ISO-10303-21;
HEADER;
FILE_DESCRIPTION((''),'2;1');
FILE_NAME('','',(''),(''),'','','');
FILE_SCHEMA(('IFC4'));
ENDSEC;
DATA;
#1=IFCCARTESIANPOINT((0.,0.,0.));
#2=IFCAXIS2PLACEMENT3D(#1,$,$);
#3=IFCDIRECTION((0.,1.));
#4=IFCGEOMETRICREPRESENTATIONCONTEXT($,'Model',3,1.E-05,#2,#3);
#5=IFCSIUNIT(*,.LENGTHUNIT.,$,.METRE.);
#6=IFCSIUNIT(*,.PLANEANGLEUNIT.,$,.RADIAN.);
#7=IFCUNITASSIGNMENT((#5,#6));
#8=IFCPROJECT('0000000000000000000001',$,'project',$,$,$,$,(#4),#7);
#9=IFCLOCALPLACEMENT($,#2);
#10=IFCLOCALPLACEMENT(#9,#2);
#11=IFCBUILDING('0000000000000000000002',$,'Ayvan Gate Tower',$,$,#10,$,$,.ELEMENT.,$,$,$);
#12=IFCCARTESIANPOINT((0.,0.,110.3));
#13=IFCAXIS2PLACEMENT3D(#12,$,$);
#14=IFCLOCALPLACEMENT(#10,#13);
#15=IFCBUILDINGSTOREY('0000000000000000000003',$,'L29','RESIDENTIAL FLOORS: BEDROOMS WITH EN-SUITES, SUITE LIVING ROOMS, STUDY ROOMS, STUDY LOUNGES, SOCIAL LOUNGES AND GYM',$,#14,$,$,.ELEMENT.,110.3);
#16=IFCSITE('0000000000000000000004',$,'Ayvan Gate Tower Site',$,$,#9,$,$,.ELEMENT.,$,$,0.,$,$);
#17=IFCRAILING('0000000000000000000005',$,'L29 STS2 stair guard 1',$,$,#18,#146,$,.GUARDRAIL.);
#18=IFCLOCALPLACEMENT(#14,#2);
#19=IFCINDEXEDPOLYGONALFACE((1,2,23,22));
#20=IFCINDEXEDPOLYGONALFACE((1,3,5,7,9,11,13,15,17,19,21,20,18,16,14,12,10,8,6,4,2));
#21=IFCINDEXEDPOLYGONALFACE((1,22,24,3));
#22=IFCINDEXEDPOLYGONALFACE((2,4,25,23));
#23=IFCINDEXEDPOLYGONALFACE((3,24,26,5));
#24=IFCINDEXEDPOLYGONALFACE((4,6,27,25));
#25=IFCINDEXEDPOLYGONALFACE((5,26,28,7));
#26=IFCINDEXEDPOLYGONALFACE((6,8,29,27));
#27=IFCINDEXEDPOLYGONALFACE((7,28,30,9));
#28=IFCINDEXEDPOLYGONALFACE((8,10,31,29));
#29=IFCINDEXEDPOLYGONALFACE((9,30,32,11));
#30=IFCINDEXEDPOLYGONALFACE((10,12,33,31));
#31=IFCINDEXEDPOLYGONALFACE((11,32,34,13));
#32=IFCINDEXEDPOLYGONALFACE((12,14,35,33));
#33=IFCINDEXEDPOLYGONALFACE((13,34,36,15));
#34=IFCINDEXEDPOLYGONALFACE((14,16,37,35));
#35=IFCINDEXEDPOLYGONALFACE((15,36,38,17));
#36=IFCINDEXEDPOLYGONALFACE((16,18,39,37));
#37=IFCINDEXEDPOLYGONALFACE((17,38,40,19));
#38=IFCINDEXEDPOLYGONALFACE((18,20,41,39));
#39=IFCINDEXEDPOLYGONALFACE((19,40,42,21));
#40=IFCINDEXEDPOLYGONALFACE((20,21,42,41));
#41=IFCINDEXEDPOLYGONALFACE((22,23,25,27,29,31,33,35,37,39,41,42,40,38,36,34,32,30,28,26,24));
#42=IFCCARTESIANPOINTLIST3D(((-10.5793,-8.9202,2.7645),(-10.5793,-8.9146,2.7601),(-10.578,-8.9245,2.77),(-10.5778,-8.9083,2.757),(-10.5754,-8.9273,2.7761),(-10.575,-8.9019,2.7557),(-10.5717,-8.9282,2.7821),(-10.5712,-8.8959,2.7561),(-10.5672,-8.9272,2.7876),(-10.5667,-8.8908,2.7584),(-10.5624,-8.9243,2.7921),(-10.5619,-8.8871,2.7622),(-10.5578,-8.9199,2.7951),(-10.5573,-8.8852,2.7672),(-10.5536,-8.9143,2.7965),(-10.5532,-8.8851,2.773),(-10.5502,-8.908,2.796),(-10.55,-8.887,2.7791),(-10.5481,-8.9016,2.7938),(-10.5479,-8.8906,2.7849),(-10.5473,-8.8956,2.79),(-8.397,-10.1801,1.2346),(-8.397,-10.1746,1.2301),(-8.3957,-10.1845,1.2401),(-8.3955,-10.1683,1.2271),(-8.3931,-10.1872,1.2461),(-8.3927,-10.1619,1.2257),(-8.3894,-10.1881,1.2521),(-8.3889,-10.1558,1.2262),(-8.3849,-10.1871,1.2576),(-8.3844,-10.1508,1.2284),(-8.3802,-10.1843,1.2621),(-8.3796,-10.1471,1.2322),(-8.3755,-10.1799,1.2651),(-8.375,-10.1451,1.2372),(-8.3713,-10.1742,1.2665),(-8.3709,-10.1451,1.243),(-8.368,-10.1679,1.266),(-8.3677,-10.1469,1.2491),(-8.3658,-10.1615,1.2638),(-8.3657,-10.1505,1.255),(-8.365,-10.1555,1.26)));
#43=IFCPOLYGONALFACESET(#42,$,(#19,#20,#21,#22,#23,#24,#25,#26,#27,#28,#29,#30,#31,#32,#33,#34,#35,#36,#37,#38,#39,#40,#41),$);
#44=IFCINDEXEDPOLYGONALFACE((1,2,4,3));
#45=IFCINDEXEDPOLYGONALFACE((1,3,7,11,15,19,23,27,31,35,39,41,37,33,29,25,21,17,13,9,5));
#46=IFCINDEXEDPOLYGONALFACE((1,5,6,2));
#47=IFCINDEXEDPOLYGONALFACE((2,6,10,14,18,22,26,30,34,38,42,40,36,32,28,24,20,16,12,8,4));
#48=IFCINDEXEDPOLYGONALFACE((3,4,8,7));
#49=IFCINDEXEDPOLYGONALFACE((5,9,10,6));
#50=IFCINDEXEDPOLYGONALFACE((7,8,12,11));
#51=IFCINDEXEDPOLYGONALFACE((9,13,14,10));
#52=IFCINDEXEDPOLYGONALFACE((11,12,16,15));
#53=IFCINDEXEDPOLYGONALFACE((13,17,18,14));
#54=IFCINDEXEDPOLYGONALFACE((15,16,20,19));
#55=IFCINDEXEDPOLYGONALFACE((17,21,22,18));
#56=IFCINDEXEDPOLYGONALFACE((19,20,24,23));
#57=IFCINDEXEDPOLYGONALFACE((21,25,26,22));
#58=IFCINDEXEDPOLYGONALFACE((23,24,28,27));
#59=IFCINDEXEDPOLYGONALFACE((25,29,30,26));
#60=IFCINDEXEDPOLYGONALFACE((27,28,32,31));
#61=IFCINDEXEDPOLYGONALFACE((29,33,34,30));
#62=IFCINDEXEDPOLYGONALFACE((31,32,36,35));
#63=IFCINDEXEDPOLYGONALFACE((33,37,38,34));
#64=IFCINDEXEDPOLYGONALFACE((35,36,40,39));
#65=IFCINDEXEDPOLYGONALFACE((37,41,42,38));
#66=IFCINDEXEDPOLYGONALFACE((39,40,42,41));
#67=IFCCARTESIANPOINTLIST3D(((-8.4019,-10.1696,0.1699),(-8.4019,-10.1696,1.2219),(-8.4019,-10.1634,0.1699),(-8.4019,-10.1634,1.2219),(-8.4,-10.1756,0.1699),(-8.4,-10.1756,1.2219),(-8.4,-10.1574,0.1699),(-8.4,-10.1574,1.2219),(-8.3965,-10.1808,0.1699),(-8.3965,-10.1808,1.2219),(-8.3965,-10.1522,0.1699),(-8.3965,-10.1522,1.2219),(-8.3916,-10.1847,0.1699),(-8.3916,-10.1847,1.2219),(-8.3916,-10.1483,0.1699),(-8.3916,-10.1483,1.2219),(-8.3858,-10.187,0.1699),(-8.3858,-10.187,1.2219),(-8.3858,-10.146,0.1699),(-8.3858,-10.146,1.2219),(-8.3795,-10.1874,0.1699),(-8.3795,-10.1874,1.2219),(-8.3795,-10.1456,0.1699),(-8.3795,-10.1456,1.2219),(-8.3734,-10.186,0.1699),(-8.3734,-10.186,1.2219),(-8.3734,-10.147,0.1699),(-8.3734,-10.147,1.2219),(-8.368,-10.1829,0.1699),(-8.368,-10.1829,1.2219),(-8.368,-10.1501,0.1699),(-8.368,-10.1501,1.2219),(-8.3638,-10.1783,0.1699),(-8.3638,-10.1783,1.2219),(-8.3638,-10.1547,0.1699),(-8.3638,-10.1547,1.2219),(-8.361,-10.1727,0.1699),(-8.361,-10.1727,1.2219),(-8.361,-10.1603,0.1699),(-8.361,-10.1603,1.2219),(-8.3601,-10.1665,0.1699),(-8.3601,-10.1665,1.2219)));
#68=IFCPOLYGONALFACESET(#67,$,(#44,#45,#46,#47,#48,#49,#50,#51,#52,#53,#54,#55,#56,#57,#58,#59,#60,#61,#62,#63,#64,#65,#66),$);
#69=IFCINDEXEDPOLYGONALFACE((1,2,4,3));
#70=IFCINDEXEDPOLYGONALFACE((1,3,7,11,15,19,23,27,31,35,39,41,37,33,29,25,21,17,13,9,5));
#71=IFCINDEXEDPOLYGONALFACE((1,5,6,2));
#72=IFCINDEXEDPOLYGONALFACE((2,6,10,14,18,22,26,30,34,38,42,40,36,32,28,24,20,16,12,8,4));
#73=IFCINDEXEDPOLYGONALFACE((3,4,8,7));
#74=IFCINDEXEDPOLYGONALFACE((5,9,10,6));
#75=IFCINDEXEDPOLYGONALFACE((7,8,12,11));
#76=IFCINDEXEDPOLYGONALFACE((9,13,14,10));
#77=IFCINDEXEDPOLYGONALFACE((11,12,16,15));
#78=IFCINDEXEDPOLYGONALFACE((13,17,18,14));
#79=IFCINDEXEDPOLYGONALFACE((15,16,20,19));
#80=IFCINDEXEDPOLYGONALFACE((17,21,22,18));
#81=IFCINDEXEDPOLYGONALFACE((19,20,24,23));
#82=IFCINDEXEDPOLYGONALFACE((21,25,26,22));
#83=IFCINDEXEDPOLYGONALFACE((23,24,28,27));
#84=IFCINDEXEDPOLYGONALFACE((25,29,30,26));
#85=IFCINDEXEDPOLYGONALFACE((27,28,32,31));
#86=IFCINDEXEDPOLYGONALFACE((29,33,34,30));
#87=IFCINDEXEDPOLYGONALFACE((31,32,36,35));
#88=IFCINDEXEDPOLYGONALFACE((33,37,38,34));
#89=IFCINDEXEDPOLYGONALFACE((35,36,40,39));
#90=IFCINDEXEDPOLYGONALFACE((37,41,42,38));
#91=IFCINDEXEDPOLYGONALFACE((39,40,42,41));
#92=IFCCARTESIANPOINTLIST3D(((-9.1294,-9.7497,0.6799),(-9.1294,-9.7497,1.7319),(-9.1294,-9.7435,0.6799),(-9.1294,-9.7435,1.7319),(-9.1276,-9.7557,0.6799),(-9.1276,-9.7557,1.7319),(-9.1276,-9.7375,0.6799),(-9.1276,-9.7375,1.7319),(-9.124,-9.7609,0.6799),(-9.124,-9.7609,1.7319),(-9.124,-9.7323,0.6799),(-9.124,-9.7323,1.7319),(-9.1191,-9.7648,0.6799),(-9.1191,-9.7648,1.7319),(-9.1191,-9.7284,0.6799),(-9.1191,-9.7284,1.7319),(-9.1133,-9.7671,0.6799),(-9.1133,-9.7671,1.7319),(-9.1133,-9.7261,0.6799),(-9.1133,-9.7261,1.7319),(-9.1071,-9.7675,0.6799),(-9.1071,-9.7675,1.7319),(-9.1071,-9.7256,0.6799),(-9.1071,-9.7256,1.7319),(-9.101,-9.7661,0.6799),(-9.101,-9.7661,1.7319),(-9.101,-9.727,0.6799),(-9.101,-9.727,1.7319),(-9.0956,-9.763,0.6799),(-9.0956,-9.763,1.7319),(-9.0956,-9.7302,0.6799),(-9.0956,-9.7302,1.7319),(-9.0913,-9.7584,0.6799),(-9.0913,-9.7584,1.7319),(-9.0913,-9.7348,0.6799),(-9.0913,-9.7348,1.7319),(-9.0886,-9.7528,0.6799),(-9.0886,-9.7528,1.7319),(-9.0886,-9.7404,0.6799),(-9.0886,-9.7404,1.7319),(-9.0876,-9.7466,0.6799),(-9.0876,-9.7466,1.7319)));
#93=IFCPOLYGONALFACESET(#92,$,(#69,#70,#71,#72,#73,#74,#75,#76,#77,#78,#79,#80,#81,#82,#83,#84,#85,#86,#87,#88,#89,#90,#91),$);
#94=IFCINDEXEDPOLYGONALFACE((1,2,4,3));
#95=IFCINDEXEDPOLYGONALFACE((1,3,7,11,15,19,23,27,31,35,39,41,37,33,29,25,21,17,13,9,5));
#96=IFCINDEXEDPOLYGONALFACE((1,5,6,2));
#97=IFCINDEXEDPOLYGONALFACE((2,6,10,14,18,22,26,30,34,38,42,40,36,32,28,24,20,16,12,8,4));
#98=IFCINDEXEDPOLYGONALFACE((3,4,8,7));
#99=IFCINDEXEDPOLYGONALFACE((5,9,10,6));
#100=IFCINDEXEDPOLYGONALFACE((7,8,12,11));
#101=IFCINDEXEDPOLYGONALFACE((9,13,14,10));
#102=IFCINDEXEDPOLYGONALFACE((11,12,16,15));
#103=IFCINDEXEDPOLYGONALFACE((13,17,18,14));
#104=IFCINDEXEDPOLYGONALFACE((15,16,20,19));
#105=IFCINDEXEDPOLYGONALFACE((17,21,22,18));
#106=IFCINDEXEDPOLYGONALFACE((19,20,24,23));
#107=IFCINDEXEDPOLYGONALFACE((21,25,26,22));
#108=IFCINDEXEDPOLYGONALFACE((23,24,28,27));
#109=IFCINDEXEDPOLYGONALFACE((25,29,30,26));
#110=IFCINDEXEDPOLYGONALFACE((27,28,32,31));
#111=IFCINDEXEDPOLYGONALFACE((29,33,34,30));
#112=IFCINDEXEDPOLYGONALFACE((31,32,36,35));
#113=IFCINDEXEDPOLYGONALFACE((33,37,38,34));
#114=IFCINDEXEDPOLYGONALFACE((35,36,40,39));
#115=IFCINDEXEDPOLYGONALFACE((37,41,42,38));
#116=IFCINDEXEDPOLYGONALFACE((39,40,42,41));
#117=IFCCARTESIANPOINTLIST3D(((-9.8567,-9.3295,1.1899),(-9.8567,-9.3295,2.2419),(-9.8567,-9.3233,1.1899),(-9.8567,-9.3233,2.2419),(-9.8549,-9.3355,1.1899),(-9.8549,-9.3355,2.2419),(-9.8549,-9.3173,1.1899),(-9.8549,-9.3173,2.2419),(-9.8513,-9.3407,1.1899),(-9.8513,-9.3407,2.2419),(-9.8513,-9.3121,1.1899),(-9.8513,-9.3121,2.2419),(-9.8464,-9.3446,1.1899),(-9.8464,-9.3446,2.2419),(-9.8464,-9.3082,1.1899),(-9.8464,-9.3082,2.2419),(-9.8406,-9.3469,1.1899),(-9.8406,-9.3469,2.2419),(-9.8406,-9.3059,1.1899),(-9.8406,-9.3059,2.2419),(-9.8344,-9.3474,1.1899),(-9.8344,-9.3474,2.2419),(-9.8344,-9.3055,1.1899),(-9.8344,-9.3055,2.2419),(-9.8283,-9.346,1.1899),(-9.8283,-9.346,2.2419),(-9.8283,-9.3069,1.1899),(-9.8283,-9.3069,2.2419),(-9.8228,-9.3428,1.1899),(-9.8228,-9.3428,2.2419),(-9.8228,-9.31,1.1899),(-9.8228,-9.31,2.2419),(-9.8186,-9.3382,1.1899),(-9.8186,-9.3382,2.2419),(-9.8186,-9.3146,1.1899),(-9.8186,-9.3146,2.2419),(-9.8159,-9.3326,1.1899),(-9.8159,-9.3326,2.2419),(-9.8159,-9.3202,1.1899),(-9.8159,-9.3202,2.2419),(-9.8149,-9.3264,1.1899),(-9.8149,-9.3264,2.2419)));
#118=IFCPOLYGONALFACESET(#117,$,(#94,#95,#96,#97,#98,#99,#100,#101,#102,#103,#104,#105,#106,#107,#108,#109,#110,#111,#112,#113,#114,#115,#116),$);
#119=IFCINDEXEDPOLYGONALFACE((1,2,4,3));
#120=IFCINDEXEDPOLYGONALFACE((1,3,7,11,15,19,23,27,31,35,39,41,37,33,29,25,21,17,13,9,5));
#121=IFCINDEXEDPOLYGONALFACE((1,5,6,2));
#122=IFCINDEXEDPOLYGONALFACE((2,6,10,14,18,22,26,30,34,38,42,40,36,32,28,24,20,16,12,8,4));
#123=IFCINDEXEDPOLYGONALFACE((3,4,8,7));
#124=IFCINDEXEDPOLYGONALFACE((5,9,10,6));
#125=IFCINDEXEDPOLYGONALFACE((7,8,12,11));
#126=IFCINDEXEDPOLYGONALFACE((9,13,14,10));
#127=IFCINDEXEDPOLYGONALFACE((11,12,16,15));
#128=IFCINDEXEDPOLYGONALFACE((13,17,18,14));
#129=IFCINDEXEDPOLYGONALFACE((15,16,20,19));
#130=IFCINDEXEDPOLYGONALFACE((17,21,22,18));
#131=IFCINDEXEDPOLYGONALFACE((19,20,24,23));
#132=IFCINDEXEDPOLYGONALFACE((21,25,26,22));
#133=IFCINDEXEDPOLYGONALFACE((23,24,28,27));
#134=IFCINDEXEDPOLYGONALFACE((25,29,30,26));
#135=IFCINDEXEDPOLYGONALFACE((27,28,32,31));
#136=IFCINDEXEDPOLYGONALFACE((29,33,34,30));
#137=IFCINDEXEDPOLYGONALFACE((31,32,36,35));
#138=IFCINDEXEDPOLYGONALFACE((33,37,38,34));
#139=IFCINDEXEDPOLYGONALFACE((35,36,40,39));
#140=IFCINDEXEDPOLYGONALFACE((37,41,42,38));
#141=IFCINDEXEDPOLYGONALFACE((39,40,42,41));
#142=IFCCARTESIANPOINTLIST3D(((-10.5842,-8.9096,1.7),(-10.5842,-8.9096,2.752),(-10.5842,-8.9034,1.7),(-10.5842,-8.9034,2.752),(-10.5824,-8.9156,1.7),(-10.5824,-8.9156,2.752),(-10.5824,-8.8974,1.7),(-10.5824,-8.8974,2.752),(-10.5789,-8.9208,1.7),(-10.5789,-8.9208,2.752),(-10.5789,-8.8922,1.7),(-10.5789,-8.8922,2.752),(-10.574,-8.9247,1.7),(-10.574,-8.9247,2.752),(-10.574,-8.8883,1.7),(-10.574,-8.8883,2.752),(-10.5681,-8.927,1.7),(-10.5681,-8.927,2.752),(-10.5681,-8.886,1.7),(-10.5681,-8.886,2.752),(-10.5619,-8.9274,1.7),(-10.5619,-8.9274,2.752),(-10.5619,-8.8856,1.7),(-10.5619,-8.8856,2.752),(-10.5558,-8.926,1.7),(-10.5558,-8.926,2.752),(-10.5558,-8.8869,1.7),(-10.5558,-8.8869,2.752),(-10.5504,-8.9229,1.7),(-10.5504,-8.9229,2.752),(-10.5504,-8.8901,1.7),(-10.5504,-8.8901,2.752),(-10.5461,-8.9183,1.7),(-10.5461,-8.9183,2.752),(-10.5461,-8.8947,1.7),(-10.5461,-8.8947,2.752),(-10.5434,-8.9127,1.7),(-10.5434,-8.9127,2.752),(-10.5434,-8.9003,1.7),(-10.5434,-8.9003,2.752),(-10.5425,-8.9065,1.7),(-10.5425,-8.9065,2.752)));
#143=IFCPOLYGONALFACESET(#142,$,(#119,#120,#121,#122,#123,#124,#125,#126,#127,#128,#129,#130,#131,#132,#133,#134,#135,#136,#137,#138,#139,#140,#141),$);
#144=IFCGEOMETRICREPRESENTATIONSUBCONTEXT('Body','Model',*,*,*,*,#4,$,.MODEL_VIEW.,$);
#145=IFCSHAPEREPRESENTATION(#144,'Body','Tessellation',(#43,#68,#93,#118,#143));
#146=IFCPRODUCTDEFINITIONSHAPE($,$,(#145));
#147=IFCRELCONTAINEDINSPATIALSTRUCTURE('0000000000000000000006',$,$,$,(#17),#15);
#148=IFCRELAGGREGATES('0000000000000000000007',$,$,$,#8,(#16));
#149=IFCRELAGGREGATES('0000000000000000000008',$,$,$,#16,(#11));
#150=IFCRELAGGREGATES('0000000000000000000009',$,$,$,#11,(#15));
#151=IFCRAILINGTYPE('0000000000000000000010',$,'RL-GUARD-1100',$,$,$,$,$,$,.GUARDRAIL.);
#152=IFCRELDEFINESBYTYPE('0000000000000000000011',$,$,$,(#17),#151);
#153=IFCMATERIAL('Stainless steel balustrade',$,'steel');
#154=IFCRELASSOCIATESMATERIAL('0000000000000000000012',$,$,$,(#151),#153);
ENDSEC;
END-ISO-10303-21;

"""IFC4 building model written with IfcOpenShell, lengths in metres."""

from ifc_helpers import new_model, si_unit, direction, frame, origin, origin_2d, place, context, subcontext, project, spatial, circle, extrude, material, type_object, element, save


model = new_model("IFC4")

# Units and contexts
model_context = context("Model", 3, precision=1e-05, world=origin(), true_north=direction((0.0, 1.0)))
body_context = subcontext(model_context, "Body", "Model", "MODEL_VIEW")
ifc_project = project(units=[si_unit("LENGTHUNIT", "METRE"), si_unit("PLANEANGLEUNIT", "RADIAN")], contexts=[model_context])

# Site, building, storey
site_placement = place(None, origin())
site = spatial("IfcSite", under=ifc_project, at=site_placement, Name="Ayvan Gate Tower Site", CompositionType="ELEMENT", RefElevation=0.0)
building_placement = place(site_placement, origin())
building = spatial("IfcBuilding", under=site, at=building_placement, Name="Ayvan Gate Tower", CompositionType="ELEMENT")
storey_placement = place(building_placement, frame((0.0, 0.0, 110.3)))
storey = spatial("IfcBuildingStorey", under=building, at=storey_placement, Name="L29", Description="RESIDENTIAL FLOORS: BEDROOMS WITH EN-SUITES, SUITE LIVING ROOMS, STUDY ROOMS, STUDY LOUNGES, SOCIAL LOUNGES AND GYM", CompositionType="ELEMENT", Elevation=110.3)

# Railing
ifc_material_1 = material(Name="Stainless steel balustrade", Category="steel")
railing_type_1 = type_object("IfcRailingType", Name="RL-GUARD-1100", PredefinedType="GUARDRAIL", material=ifc_material_1)
railing_1_placement = place(storey_placement, frame((-8.3811, -10.1665, 0.1699)))
element("IfcRailing", 1, at=railing_1_placement, inside=storey, type_object=railing_type_1, Name="L29 STS2 stair guard 1", PredefinedType="GUARDRAIL", context=body_context, shape_type="SweptSolid", body=[
    extrude(circle(Radius=0.0239, at=origin_2d()), frame((0.0, 0.0, 1.0762), z_axis=(-0.740261, 0.427395, 0.518986), x_axis=(-0.500005, -0.866023, 0.0)), (0.0, 0.0, 1.0), 2.948),
    extrude(circle(Radius=0.021, at=origin_2d()), origin(), (0.0, 0.0, 1.0), 1.052),
    extrude(circle(Radius=0.021, at=origin_2d()), frame((-0.7275, 0.4199, 0.51)), (0.0, 0.0, 1.0), 1.052),
    extrude(circle(Radius=0.021, at=origin_2d()), frame((-1.4548, 0.8401, 1.02)), (0.0, 0.0, 1.0), 1.052),
    extrude(circle(Radius=0.021, at=origin_2d()), frame((-2.1824, 1.26, 1.53)), (0.0, 0.0, 1.0), 1.052),
])

save(model, "model.ifc")
